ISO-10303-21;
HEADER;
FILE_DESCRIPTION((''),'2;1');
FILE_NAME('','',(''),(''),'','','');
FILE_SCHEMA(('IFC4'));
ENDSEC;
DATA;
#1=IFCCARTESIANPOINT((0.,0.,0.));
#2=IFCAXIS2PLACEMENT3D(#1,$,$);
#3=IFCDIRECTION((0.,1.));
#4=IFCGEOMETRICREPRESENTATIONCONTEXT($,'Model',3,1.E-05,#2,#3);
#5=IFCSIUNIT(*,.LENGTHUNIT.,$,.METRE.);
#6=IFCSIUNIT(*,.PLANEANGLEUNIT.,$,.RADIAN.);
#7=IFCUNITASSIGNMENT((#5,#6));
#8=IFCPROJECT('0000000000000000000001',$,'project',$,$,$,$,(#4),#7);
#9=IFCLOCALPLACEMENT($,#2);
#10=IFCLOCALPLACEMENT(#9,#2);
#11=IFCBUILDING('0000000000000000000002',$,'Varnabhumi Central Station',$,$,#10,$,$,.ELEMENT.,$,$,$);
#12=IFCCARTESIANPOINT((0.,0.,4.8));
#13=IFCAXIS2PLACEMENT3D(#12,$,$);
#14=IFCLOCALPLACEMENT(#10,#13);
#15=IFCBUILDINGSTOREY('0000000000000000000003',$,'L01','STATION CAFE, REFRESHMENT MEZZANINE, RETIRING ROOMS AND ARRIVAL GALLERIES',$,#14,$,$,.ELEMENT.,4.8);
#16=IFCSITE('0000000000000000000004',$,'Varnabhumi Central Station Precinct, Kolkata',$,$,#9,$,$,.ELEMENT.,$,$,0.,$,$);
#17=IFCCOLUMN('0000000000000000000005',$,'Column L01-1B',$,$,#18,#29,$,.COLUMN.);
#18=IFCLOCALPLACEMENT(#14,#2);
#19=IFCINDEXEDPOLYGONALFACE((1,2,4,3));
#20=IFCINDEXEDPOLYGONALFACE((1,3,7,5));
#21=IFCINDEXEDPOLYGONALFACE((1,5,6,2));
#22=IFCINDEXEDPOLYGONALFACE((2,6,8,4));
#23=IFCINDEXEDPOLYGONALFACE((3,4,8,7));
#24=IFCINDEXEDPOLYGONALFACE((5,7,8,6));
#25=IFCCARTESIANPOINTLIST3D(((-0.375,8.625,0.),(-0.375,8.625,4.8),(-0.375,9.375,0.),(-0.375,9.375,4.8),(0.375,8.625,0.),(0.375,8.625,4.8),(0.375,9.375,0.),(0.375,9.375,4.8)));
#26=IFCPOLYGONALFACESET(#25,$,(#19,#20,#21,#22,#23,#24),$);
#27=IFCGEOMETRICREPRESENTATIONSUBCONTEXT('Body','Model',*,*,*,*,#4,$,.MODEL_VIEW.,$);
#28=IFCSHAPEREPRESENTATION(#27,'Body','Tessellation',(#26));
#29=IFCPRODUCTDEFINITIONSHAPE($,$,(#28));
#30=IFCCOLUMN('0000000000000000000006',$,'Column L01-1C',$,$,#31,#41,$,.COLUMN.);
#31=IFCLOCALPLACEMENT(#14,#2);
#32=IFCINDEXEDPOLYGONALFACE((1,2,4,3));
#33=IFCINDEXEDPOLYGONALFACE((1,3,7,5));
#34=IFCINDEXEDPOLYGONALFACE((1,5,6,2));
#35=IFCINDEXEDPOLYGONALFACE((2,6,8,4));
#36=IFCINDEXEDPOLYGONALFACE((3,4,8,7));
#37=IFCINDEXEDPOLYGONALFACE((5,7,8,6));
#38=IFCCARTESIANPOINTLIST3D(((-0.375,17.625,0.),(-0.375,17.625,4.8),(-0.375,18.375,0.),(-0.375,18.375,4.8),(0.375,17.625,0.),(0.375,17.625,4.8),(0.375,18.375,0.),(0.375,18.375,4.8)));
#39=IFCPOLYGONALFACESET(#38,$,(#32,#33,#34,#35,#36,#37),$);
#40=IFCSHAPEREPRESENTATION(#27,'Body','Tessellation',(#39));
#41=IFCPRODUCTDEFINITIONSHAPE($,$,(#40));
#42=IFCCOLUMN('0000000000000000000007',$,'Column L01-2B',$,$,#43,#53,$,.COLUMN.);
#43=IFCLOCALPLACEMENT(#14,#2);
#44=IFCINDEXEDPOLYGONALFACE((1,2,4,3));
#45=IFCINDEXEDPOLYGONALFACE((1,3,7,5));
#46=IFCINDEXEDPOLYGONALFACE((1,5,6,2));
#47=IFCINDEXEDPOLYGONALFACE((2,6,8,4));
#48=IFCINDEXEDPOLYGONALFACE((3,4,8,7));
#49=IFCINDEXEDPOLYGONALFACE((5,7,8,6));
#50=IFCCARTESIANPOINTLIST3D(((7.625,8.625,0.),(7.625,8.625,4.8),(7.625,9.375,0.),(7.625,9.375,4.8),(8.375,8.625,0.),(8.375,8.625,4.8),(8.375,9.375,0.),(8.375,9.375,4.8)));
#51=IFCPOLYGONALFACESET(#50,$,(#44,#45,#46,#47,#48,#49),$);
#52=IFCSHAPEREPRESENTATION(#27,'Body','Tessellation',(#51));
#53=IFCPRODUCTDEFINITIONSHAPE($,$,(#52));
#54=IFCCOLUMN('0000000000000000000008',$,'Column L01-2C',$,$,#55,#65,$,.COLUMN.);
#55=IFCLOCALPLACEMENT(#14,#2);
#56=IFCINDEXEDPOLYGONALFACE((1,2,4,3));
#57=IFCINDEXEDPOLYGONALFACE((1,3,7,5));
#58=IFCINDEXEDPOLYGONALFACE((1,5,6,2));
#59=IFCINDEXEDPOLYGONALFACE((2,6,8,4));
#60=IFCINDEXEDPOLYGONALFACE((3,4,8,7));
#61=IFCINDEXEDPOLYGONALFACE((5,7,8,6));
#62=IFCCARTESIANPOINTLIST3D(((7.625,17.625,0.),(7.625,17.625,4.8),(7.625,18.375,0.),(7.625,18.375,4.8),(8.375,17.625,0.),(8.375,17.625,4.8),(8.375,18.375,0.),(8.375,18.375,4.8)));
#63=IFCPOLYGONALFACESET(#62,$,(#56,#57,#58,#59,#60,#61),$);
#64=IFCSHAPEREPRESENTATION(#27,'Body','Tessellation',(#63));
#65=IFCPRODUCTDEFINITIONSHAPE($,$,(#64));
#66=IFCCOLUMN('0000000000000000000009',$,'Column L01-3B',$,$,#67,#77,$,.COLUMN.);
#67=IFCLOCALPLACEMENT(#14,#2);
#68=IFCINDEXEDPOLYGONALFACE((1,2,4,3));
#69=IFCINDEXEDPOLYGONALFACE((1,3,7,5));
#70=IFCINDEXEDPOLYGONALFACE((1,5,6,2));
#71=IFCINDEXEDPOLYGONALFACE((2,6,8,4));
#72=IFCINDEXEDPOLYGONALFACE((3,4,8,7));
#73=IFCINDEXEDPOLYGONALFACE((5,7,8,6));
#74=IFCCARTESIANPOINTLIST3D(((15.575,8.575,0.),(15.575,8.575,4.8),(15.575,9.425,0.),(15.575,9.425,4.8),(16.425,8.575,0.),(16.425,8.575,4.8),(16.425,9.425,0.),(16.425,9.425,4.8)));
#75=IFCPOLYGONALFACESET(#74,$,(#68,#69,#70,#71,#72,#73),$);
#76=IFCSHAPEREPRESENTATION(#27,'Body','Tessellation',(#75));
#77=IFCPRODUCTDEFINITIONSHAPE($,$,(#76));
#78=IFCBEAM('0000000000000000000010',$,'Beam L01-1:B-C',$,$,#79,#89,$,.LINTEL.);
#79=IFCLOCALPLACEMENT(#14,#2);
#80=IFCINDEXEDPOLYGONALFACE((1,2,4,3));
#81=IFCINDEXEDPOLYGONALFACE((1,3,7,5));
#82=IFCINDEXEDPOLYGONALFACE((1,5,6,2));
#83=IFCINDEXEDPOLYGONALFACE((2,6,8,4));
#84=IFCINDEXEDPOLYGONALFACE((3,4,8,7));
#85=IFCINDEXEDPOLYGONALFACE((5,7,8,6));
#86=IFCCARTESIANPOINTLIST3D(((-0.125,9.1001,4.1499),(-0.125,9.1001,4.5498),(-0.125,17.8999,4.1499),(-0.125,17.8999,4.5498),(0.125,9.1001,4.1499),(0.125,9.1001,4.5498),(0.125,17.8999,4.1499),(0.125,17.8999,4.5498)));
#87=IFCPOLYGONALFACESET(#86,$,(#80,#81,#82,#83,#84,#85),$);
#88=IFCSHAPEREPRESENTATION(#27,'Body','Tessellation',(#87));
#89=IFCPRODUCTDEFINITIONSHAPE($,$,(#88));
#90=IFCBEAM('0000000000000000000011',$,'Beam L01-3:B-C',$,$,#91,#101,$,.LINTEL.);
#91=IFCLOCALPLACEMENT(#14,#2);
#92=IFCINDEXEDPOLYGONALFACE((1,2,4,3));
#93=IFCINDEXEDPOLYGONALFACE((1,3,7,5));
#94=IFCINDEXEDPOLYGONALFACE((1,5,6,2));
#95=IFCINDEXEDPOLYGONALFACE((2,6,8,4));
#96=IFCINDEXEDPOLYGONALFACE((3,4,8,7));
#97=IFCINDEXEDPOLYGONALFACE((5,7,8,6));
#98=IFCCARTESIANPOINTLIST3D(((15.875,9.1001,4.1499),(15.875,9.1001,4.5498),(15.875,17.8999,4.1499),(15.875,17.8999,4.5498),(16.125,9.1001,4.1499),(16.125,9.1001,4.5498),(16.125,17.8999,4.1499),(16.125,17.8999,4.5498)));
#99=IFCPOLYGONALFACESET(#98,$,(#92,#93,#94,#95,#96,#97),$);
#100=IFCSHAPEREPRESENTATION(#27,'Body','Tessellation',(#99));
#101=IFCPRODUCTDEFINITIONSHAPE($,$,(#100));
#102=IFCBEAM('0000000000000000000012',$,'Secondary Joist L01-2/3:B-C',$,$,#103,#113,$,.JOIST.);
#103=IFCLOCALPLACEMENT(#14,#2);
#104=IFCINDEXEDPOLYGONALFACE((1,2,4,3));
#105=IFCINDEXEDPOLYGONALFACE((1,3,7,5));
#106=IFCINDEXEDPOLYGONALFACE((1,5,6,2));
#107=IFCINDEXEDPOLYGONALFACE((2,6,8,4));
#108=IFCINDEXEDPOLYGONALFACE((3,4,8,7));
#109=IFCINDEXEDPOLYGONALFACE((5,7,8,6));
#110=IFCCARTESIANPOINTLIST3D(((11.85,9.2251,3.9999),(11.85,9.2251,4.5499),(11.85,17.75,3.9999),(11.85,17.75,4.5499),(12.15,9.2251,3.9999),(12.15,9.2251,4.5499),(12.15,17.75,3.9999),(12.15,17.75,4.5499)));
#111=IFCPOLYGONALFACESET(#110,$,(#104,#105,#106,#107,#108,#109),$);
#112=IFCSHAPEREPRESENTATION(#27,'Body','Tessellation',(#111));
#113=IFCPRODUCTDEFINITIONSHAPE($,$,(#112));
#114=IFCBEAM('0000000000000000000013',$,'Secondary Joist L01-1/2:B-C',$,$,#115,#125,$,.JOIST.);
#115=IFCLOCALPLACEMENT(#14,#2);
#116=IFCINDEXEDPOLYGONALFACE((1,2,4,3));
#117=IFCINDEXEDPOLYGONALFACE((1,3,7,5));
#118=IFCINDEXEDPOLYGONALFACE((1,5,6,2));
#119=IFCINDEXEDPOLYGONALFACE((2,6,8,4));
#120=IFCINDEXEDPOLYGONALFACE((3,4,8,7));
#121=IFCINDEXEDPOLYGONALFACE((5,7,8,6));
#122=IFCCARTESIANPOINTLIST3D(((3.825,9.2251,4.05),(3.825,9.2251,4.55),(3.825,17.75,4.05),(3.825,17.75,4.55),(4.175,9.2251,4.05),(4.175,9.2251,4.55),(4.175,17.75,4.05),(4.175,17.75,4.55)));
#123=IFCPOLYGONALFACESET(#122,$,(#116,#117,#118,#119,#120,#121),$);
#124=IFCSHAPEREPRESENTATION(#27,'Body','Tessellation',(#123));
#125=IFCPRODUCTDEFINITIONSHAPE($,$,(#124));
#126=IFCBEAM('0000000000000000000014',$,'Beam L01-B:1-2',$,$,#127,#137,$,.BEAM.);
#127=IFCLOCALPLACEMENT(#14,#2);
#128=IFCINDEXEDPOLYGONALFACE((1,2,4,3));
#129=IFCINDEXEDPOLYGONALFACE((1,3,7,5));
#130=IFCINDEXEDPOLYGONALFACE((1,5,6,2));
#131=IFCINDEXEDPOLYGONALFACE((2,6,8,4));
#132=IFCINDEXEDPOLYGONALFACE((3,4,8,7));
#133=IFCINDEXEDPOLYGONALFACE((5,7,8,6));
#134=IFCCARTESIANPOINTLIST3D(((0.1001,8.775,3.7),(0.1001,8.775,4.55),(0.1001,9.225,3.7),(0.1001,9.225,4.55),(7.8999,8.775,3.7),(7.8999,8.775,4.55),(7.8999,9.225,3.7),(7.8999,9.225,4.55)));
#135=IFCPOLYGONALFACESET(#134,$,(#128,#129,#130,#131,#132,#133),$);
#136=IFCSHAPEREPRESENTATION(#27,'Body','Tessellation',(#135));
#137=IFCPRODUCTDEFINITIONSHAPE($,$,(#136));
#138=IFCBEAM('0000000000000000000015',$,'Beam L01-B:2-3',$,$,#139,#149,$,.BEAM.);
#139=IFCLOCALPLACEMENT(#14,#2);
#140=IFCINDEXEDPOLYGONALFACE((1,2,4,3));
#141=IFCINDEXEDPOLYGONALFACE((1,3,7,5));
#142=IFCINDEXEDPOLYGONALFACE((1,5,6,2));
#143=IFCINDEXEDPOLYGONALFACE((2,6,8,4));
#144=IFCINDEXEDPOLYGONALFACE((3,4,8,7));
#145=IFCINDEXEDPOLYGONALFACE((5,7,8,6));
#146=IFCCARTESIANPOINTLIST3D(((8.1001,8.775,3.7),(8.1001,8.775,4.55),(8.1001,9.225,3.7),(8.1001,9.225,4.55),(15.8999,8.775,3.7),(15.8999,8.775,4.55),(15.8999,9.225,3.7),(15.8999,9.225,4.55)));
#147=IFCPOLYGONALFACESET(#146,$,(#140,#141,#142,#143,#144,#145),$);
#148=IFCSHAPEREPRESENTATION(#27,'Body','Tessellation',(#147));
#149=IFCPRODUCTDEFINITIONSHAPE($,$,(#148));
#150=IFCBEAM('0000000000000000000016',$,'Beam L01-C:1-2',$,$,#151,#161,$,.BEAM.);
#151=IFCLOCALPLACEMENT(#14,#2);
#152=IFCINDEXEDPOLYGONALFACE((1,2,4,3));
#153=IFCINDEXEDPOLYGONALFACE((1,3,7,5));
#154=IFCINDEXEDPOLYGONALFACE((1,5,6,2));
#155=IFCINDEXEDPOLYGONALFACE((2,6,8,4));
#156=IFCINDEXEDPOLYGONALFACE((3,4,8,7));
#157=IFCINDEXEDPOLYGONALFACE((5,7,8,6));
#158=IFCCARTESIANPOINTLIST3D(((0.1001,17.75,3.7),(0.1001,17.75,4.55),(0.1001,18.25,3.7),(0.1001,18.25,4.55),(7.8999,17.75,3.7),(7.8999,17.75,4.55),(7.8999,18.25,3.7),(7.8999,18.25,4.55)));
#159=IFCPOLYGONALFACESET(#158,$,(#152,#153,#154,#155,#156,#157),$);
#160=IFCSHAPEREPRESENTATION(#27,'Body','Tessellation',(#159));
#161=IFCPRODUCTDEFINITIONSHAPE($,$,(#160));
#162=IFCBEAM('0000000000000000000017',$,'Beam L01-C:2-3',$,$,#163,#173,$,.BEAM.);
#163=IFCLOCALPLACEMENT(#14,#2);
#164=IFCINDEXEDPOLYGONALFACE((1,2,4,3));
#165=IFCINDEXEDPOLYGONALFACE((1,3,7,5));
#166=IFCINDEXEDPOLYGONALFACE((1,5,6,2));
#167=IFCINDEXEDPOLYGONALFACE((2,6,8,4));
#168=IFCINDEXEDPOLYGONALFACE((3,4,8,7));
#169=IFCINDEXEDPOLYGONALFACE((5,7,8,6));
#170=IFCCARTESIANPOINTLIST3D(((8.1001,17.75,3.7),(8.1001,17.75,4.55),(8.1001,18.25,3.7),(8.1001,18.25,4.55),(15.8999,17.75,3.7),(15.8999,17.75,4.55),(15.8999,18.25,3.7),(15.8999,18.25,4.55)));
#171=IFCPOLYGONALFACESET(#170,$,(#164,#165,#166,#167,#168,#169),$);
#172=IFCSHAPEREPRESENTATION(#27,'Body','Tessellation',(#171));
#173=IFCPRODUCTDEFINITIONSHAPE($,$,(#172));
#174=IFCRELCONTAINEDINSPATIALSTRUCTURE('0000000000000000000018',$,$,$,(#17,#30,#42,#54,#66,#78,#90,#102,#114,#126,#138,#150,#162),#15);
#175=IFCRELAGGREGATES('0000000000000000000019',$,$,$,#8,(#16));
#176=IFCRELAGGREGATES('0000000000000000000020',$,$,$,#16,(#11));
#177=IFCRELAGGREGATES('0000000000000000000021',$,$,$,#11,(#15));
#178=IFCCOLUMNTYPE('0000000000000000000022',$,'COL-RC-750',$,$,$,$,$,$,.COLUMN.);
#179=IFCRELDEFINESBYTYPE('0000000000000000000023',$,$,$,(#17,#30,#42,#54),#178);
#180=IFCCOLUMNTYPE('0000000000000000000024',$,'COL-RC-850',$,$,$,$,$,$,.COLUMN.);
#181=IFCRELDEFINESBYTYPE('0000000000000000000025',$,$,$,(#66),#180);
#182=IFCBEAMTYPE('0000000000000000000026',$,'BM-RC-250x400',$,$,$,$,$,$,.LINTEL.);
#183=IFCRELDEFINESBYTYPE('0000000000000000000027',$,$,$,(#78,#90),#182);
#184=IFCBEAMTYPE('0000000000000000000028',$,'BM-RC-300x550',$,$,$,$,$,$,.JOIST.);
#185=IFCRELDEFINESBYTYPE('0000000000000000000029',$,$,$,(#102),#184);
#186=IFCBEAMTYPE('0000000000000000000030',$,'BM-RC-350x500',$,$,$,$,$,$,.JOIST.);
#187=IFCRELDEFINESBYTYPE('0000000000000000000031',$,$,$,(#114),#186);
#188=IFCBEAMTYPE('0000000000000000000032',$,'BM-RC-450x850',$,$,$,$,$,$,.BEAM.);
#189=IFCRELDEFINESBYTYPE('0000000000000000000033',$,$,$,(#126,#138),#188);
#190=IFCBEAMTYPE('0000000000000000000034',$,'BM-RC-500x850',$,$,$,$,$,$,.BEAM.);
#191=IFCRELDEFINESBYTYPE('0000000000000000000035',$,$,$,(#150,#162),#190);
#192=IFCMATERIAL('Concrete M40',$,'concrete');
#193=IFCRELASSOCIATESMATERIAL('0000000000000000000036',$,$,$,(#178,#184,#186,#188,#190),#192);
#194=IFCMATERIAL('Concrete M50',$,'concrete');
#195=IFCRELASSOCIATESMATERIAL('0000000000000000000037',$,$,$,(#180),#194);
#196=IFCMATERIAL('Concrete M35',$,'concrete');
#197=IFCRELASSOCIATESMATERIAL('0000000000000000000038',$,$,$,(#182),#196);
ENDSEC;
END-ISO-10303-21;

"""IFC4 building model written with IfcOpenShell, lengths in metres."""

from ifc_helpers import new_model, si_unit, direction, frame, origin, origin_2d, place, context, subcontext, project, spatial, rectangle, extrude, material, material_profile, profile_set, type_object, element, save


model = new_model("IFC4")

# Units and contexts
model_context = context("Model", 3, precision=1e-05, world=origin(), true_north=direction((0.0, 1.0)))
body_context = subcontext(model_context, "Body", "Model", "MODEL_VIEW")
ifc_project = project(units=[si_unit("LENGTHUNIT", "METRE"), si_unit("PLANEANGLEUNIT", "RADIAN")], contexts=[model_context])

# Site, building, storey
site_placement = place(None, origin())
site = spatial("IfcSite", under=ifc_project, at=site_placement, Name="Varnabhumi Central Station Precinct, Kolkata", CompositionType="ELEMENT", RefElevation=0.0)
building_placement = place(site_placement, origin())
building = spatial("IfcBuilding", under=site, at=building_placement, Name="Varnabhumi Central Station", CompositionType="ELEMENT")
storey_placement = place(building_placement, frame((0.0, 0.0, 4.8)))
storey = spatial("IfcBuildingStorey", under=building, at=storey_placement, Name="L01", Description="STATION CAFE, REFRESHMENT MEZZANINE, RETIRING ROOMS AND ARRIVAL GALLERIES", CompositionType="ELEMENT", Elevation=4.8)

# Columns
ifc_material_1 = material(Name="Concrete M40", Category="concrete")
ifc_material_profile_1 = material_profile(ifc_material_1, rectangle(XDim=0.75, YDim=0.75, at=origin_2d()), Name="Concrete M40", Category="concrete")
ifc_profile_set_1 = profile_set([ifc_material_profile_1], Name="Concrete M40")
column_type_1 = type_object("IfcColumnType", Name="COL-RC-750", PredefinedType="COLUMN", material=ifc_profile_set_1)
for number, where, z_axis, x_axis, name in (
    (1, (0.0, 9.0, 0.0), (0.0, 0.0, 1.0), (1.0, 0.0, 0.0), "Column L01-1B"),
    (2, (0.0, 18.0, 0.0), (0.0, 0.0, 1.0), (1.0, 0.0, 0.0), "Column L01-1C"),
    (3, (8.0, 9.0, 0.0), (0.0, 0.0, 1.0), (1.0, 0.0, 0.0), "Column L01-2B"),
    (4, (8.0, 18.0, 0.0), (0.0, 0.0, 1.0), (1.0, 0.0, 0.0), "Column L01-2C"),
):
    element("IfcColumn", number, at=place(storey_placement, frame(where, z_axis=z_axis, x_axis=x_axis)), inside=storey, type_object=column_type_1, Name=name, PredefinedType="COLUMN", context=body_context, shape_type="SweptSolid", body=[
        extrude(rectangle(XDim=0.75, YDim=0.75, at=origin_2d()), origin(), (0.0, 0.0, 1.0), 4.8),
    ])
ifc_material_2 = material(Name="Concrete M50", Category="concrete")
ifc_material_profile_2 = material_profile(ifc_material_2, rectangle(XDim=0.8501, YDim=0.8501, at=origin_2d()), Name="Concrete M50", Category="concrete")
ifc_profile_set_2 = profile_set([ifc_material_profile_2], Name="Concrete M50")
column_type_2 = type_object("IfcColumnType", Name="COL-RC-850", PredefinedType="COLUMN", material=ifc_profile_set_2)
column_placement = place(storey_placement, frame((16.0, 9.0, 0.0), z_axis=(0.0, 0.0, 1.0), x_axis=(1.0, 0.0, 0.0)))
element("IfcColumn", 5, at=column_placement, inside=storey, type_object=column_type_2, Name="Column L01-3B", PredefinedType="COLUMN", context=body_context, shape_type="SweptSolid", body=[
    extrude(rectangle(XDim=0.8501, YDim=0.8501, at=origin_2d()), origin(), (0.0, 0.0, 1.0), 4.8),
])

# Beams
ifc_material_3 = material(Name="Concrete M35", Category="concrete")
ifc_material_profile_3 = material_profile(ifc_material_3, rectangle(XDim=0.25, YDim=0.3999, at=origin_2d()), Name="Concrete M35", Category="concrete")
ifc_profile_set_3 = profile_set([ifc_material_profile_3], Name="Concrete M35")
beam_type_1 = type_object("IfcBeamType", Name="BM-RC-250x400", PredefinedType="LINTEL", material=ifc_profile_set_3)
for number, where, z_axis, x_axis, name in (
    (6, (0.0, 9.1001, 4.3499), (0.0, 1.0, 0.0), (-1.0, 0.0, 0.0), "Beam L01-1:B-C"),
    (7, (16.0, 9.1001, 4.3499), (0.0, 1.0, 0.0), (-1.0, 0.0, 0.0), "Beam L01-3:B-C"),
):
    element("IfcBeam", number, at=place(storey_placement, frame(where, z_axis=z_axis, x_axis=x_axis)), inside=storey, type_object=beam_type_1, Name=name, PredefinedType="LINTEL", context=body_context, shape_type="SweptSolid", body=[
        extrude(rectangle(XDim=0.25, YDim=0.3999, at=origin_2d()), origin(), (0.0, 0.0, 1.0), 8.7998),
    ])
ifc_material_profile_4 = material_profile(ifc_material_1, rectangle(XDim=0.3, YDim=0.55, at=origin_2d()), Name="Concrete M40", Category="concrete")
ifc_profile_set_4 = profile_set([ifc_material_profile_4], Name="Concrete M40")
beam_type_2 = type_object("IfcBeamType", Name="BM-RC-300x550", PredefinedType="JOIST", material=ifc_profile_set_4)
beam_1_placement = place(storey_placement, frame((12.0, 9.2251, 4.2749), z_axis=(0.0, 1.0, 0.0), x_axis=(-1.0, 0.0, 0.0)))
element("IfcBeam", 8, at=beam_1_placement, inside=storey, type_object=beam_type_2, Name="Secondary Joist L01-2/3:B-C", PredefinedType="JOIST", context=body_context, shape_type="SweptSolid", body=[
    extrude(rectangle(XDim=0.3, YDim=0.55, at=origin_2d()), origin(), (0.0, 0.0, 1.0), 8.5249),
])
ifc_material_profile_5 = material_profile(ifc_material_1, rectangle(XDim=0.3501, YDim=0.5, at=origin_2d()), Name="Concrete M40", Category="concrete")
ifc_profile_set_5 = profile_set([ifc_material_profile_5], Name="Concrete M40")
beam_type_3 = type_object("IfcBeamType", Name="BM-RC-350x500", PredefinedType="JOIST", material=ifc_profile_set_5)
beam_2_placement = place(storey_placement, frame((4.0, 9.2251, 4.3), z_axis=(0.0, 1.0, 0.0), x_axis=(-1.0, 0.0, 0.0)))
element("IfcBeam", 9, at=beam_2_placement, inside=storey, type_object=beam_type_3, Name="Secondary Joist L01-1/2:B-C", PredefinedType="JOIST", context=body_context, shape_type="SweptSolid", body=[
    extrude(rectangle(XDim=0.3501, YDim=0.5, at=origin_2d()), origin(), (0.0, 0.0, 1.0), 8.5249),
])
ifc_material_profile_6 = material_profile(ifc_material_1, rectangle(XDim=0.45, YDim=0.8501, at=origin_2d()), Name="Concrete M40", Category="concrete")
ifc_profile_set_6 = profile_set([ifc_material_profile_6], Name="Concrete M40")
beam_type_4 = type_object("IfcBeamType", Name="BM-RC-450x850", PredefinedType="BEAM", material=ifc_profile_set_6)
for number, where, z_axis, x_axis, name in (
    (10, (0.1001, 9.0, 4.125), (1.0, 0.0, 0.0), (0.0, 1.0, 0.0), "Beam L01-B:1-2"),
    (11, (8.1001, 9.0, 4.125), (1.0, 0.0, 0.0), (0.0, 1.0, 0.0), "Beam L01-B:2-3"),
):
    element("IfcBeam", number, at=place(storey_placement, frame(where, z_axis=z_axis, x_axis=x_axis)), inside=storey, type_object=beam_type_4, Name=name, PredefinedType="BEAM", context=body_context, shape_type="SweptSolid", body=[
        extrude(rectangle(XDim=0.45, YDim=0.8501, at=origin_2d()), origin(), (0.0, 0.0, 1.0), 7.7998),
    ])
ifc_material_profile_7 = material_profile(ifc_material_1, rectangle(XDim=0.5, YDim=0.8501, at=origin_2d()), Name="Concrete M40", Category="concrete")
ifc_profile_set_7 = profile_set([ifc_material_profile_7], Name="Concrete M40")
beam_type_5 = type_object("IfcBeamType", Name="BM-RC-500x850", PredefinedType="BEAM", material=ifc_profile_set_7)
for number, where, z_axis, x_axis, name in (
    (12, (0.1001, 18.0, 4.125), (1.0, 0.0, 0.0), (0.0, 1.0, 0.0), "Beam L01-C:1-2"),
    (13, (8.1001, 18.0, 4.125), (1.0, 0.0, 0.0), (0.0, 1.0, 0.0), "Beam L01-C:2-3"),
):
    element("IfcBeam", number, at=place(storey_placement, frame(where, z_axis=z_axis, x_axis=x_axis)), inside=storey, type_object=beam_type_5, Name=name, PredefinedType="BEAM", context=body_context, shape_type="SweptSolid", body=[
        extrude(rectangle(XDim=0.5, YDim=0.8501, at=origin_2d()), origin(), (0.0, 0.0, 1.0), 7.7998),
    ])

save(model, "model.ifc")
